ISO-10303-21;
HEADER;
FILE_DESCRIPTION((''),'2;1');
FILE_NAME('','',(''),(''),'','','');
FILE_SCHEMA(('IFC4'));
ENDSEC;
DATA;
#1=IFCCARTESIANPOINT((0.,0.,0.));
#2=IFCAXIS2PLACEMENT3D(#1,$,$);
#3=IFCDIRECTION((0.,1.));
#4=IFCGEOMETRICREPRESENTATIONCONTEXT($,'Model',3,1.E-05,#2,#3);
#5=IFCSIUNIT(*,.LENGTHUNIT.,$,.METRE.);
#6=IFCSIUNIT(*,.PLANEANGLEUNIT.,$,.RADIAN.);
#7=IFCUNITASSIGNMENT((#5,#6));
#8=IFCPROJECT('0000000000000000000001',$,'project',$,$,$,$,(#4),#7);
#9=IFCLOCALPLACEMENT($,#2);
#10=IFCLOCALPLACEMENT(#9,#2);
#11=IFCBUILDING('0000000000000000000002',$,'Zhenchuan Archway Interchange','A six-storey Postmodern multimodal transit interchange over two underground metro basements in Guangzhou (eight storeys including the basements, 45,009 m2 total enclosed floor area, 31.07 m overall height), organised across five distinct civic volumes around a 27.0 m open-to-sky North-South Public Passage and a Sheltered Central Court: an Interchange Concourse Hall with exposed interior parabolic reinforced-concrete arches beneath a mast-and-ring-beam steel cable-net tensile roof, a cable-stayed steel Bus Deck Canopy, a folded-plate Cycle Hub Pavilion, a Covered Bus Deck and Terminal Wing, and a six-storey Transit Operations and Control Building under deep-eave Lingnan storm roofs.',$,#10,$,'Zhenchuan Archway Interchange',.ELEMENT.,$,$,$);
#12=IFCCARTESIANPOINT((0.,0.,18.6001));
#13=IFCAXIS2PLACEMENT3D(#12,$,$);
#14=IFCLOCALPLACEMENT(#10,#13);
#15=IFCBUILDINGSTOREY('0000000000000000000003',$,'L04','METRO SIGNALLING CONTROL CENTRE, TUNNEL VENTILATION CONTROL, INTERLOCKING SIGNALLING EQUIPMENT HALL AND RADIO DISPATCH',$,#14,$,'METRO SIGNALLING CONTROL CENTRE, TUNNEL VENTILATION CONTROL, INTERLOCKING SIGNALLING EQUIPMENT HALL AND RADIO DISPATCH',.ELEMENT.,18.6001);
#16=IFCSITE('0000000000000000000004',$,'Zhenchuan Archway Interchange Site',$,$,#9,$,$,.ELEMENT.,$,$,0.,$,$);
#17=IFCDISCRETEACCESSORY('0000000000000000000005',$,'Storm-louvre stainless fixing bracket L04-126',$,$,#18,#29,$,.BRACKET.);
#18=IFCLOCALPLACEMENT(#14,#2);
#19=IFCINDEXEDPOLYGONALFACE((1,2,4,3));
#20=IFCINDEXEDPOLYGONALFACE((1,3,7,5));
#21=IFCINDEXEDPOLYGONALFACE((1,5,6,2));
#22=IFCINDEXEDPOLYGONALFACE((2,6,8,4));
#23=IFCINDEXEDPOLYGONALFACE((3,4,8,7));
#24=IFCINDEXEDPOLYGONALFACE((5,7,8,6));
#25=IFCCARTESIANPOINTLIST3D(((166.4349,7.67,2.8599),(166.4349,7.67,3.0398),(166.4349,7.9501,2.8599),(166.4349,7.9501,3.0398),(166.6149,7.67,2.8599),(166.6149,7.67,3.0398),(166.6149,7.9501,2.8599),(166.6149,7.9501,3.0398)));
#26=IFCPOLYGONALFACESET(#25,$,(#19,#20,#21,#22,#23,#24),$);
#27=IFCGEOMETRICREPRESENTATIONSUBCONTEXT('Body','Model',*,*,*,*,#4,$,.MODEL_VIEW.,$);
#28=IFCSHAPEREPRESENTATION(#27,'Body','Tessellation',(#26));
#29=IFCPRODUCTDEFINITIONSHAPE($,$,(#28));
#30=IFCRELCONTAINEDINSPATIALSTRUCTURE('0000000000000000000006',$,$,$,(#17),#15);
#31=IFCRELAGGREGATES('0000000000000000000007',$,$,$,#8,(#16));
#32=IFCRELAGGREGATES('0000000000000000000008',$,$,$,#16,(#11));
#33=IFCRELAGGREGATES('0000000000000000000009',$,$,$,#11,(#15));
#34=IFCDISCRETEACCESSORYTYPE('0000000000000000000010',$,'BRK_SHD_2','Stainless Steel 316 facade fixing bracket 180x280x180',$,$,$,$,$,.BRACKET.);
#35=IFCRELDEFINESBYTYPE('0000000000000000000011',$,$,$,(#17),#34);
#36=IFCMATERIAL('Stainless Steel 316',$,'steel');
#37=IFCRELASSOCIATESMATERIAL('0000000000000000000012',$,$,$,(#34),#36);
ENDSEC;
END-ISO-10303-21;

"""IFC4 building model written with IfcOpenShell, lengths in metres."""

from ifc_helpers import new_model, si_unit, direction, frame, origin, origin_2d, place, context, subcontext, project, spatial, rectangle, extrude, material, type_object, element, save


model = new_model("IFC4")

# Units and contexts
model_context = context("Model", 3, precision=1e-05, world=origin(), true_north=direction((0.0, 1.0)))
body_context = subcontext(model_context, "Body", "Model", "MODEL_VIEW")
ifc_project = project(units=[si_unit("LENGTHUNIT", "METRE"), si_unit("PLANEANGLEUNIT", "RADIAN")], contexts=[model_context])

# Site, building, storey
site_placement = place(None, origin())
site = spatial("IfcSite", under=ifc_project, at=site_placement, Name="Zhenchuan Archway Interchange Site", CompositionType="ELEMENT", RefElevation=0.0)
building_placement = place(site_placement, origin())
building = spatial("IfcBuilding", under=site, at=building_placement, Name="Zhenchuan Archway Interchange", Description="A six-storey Postmodern multimodal transit interchange over two underground metro basements in Guangzhou (eight storeys including the basements, 45,009 m2 total enclosed floor area, 31.07 m overall height), organised across five distinct civic volumes around a 27.0 m open-to-sky North-South Public Passage and a Sheltered Central Court: an Interchange Concourse Hall with exposed interior parabolic reinforced-concrete arches beneath a mast-and-ring-beam steel cable-net tensile roof, a cable-stayed steel Bus Deck Canopy, a folded-plate Cycle Hub Pavilion, a Covered Bus Deck and Terminal Wing, and a six-storey Transit Operations and Control Building under deep-eave Lingnan storm roofs.", LongName="Zhenchuan Archway Interchange", CompositionType="ELEMENT")
storey_placement = place(building_placement, frame((0.0, 0.0, 18.6001)))
storey = spatial("IfcBuildingStorey", under=building, at=storey_placement, Name="L04", Description="METRO SIGNALLING CONTROL CENTRE, TUNNEL VENTILATION CONTROL, INTERLOCKING SIGNALLING EQUIPMENT HALL AND RADIO DISPATCH", LongName="METRO SIGNALLING CONTROL CENTRE, TUNNEL VENTILATION CONTROL, INTERLOCKING SIGNALLING EQUIPMENT HALL AND RADIO DISPATCH", CompositionType="ELEMENT", Elevation=18.6001)

# Discrete accessory
ifc_material_1 = material(Name="Stainless Steel 316", Category="steel")
discrete_accessory_type = type_object("IfcDiscreteAccessoryType", Name="BRK_SHD_2", Description="Stainless Steel 316 facade fixing bracket 180x280x180", PredefinedType="BRACKET", material=ifc_material_1)
discrete_accessory_placement = place(storey_placement, frame((166.5249, 7.8101, 2.8599), z_axis=(0.0, 0.0, 1.0), x_axis=(-1.0, 0.0, 0.0)))
element("IfcDiscreteAccessory", 1, at=discrete_accessory_placement, inside=storey, type_object=discrete_accessory_type, Name="Storm-louvre stainless fixing bracket L04-126", PredefinedType="BRACKET", context=body_context, shape_type="SweptSolid", body=[
    extrude(rectangle(XDim=0.1799, YDim=0.28, at=origin_2d()), origin(), (0.0, 0.0, 1.0), 0.1799),
])

save(model, "model.ifc")
